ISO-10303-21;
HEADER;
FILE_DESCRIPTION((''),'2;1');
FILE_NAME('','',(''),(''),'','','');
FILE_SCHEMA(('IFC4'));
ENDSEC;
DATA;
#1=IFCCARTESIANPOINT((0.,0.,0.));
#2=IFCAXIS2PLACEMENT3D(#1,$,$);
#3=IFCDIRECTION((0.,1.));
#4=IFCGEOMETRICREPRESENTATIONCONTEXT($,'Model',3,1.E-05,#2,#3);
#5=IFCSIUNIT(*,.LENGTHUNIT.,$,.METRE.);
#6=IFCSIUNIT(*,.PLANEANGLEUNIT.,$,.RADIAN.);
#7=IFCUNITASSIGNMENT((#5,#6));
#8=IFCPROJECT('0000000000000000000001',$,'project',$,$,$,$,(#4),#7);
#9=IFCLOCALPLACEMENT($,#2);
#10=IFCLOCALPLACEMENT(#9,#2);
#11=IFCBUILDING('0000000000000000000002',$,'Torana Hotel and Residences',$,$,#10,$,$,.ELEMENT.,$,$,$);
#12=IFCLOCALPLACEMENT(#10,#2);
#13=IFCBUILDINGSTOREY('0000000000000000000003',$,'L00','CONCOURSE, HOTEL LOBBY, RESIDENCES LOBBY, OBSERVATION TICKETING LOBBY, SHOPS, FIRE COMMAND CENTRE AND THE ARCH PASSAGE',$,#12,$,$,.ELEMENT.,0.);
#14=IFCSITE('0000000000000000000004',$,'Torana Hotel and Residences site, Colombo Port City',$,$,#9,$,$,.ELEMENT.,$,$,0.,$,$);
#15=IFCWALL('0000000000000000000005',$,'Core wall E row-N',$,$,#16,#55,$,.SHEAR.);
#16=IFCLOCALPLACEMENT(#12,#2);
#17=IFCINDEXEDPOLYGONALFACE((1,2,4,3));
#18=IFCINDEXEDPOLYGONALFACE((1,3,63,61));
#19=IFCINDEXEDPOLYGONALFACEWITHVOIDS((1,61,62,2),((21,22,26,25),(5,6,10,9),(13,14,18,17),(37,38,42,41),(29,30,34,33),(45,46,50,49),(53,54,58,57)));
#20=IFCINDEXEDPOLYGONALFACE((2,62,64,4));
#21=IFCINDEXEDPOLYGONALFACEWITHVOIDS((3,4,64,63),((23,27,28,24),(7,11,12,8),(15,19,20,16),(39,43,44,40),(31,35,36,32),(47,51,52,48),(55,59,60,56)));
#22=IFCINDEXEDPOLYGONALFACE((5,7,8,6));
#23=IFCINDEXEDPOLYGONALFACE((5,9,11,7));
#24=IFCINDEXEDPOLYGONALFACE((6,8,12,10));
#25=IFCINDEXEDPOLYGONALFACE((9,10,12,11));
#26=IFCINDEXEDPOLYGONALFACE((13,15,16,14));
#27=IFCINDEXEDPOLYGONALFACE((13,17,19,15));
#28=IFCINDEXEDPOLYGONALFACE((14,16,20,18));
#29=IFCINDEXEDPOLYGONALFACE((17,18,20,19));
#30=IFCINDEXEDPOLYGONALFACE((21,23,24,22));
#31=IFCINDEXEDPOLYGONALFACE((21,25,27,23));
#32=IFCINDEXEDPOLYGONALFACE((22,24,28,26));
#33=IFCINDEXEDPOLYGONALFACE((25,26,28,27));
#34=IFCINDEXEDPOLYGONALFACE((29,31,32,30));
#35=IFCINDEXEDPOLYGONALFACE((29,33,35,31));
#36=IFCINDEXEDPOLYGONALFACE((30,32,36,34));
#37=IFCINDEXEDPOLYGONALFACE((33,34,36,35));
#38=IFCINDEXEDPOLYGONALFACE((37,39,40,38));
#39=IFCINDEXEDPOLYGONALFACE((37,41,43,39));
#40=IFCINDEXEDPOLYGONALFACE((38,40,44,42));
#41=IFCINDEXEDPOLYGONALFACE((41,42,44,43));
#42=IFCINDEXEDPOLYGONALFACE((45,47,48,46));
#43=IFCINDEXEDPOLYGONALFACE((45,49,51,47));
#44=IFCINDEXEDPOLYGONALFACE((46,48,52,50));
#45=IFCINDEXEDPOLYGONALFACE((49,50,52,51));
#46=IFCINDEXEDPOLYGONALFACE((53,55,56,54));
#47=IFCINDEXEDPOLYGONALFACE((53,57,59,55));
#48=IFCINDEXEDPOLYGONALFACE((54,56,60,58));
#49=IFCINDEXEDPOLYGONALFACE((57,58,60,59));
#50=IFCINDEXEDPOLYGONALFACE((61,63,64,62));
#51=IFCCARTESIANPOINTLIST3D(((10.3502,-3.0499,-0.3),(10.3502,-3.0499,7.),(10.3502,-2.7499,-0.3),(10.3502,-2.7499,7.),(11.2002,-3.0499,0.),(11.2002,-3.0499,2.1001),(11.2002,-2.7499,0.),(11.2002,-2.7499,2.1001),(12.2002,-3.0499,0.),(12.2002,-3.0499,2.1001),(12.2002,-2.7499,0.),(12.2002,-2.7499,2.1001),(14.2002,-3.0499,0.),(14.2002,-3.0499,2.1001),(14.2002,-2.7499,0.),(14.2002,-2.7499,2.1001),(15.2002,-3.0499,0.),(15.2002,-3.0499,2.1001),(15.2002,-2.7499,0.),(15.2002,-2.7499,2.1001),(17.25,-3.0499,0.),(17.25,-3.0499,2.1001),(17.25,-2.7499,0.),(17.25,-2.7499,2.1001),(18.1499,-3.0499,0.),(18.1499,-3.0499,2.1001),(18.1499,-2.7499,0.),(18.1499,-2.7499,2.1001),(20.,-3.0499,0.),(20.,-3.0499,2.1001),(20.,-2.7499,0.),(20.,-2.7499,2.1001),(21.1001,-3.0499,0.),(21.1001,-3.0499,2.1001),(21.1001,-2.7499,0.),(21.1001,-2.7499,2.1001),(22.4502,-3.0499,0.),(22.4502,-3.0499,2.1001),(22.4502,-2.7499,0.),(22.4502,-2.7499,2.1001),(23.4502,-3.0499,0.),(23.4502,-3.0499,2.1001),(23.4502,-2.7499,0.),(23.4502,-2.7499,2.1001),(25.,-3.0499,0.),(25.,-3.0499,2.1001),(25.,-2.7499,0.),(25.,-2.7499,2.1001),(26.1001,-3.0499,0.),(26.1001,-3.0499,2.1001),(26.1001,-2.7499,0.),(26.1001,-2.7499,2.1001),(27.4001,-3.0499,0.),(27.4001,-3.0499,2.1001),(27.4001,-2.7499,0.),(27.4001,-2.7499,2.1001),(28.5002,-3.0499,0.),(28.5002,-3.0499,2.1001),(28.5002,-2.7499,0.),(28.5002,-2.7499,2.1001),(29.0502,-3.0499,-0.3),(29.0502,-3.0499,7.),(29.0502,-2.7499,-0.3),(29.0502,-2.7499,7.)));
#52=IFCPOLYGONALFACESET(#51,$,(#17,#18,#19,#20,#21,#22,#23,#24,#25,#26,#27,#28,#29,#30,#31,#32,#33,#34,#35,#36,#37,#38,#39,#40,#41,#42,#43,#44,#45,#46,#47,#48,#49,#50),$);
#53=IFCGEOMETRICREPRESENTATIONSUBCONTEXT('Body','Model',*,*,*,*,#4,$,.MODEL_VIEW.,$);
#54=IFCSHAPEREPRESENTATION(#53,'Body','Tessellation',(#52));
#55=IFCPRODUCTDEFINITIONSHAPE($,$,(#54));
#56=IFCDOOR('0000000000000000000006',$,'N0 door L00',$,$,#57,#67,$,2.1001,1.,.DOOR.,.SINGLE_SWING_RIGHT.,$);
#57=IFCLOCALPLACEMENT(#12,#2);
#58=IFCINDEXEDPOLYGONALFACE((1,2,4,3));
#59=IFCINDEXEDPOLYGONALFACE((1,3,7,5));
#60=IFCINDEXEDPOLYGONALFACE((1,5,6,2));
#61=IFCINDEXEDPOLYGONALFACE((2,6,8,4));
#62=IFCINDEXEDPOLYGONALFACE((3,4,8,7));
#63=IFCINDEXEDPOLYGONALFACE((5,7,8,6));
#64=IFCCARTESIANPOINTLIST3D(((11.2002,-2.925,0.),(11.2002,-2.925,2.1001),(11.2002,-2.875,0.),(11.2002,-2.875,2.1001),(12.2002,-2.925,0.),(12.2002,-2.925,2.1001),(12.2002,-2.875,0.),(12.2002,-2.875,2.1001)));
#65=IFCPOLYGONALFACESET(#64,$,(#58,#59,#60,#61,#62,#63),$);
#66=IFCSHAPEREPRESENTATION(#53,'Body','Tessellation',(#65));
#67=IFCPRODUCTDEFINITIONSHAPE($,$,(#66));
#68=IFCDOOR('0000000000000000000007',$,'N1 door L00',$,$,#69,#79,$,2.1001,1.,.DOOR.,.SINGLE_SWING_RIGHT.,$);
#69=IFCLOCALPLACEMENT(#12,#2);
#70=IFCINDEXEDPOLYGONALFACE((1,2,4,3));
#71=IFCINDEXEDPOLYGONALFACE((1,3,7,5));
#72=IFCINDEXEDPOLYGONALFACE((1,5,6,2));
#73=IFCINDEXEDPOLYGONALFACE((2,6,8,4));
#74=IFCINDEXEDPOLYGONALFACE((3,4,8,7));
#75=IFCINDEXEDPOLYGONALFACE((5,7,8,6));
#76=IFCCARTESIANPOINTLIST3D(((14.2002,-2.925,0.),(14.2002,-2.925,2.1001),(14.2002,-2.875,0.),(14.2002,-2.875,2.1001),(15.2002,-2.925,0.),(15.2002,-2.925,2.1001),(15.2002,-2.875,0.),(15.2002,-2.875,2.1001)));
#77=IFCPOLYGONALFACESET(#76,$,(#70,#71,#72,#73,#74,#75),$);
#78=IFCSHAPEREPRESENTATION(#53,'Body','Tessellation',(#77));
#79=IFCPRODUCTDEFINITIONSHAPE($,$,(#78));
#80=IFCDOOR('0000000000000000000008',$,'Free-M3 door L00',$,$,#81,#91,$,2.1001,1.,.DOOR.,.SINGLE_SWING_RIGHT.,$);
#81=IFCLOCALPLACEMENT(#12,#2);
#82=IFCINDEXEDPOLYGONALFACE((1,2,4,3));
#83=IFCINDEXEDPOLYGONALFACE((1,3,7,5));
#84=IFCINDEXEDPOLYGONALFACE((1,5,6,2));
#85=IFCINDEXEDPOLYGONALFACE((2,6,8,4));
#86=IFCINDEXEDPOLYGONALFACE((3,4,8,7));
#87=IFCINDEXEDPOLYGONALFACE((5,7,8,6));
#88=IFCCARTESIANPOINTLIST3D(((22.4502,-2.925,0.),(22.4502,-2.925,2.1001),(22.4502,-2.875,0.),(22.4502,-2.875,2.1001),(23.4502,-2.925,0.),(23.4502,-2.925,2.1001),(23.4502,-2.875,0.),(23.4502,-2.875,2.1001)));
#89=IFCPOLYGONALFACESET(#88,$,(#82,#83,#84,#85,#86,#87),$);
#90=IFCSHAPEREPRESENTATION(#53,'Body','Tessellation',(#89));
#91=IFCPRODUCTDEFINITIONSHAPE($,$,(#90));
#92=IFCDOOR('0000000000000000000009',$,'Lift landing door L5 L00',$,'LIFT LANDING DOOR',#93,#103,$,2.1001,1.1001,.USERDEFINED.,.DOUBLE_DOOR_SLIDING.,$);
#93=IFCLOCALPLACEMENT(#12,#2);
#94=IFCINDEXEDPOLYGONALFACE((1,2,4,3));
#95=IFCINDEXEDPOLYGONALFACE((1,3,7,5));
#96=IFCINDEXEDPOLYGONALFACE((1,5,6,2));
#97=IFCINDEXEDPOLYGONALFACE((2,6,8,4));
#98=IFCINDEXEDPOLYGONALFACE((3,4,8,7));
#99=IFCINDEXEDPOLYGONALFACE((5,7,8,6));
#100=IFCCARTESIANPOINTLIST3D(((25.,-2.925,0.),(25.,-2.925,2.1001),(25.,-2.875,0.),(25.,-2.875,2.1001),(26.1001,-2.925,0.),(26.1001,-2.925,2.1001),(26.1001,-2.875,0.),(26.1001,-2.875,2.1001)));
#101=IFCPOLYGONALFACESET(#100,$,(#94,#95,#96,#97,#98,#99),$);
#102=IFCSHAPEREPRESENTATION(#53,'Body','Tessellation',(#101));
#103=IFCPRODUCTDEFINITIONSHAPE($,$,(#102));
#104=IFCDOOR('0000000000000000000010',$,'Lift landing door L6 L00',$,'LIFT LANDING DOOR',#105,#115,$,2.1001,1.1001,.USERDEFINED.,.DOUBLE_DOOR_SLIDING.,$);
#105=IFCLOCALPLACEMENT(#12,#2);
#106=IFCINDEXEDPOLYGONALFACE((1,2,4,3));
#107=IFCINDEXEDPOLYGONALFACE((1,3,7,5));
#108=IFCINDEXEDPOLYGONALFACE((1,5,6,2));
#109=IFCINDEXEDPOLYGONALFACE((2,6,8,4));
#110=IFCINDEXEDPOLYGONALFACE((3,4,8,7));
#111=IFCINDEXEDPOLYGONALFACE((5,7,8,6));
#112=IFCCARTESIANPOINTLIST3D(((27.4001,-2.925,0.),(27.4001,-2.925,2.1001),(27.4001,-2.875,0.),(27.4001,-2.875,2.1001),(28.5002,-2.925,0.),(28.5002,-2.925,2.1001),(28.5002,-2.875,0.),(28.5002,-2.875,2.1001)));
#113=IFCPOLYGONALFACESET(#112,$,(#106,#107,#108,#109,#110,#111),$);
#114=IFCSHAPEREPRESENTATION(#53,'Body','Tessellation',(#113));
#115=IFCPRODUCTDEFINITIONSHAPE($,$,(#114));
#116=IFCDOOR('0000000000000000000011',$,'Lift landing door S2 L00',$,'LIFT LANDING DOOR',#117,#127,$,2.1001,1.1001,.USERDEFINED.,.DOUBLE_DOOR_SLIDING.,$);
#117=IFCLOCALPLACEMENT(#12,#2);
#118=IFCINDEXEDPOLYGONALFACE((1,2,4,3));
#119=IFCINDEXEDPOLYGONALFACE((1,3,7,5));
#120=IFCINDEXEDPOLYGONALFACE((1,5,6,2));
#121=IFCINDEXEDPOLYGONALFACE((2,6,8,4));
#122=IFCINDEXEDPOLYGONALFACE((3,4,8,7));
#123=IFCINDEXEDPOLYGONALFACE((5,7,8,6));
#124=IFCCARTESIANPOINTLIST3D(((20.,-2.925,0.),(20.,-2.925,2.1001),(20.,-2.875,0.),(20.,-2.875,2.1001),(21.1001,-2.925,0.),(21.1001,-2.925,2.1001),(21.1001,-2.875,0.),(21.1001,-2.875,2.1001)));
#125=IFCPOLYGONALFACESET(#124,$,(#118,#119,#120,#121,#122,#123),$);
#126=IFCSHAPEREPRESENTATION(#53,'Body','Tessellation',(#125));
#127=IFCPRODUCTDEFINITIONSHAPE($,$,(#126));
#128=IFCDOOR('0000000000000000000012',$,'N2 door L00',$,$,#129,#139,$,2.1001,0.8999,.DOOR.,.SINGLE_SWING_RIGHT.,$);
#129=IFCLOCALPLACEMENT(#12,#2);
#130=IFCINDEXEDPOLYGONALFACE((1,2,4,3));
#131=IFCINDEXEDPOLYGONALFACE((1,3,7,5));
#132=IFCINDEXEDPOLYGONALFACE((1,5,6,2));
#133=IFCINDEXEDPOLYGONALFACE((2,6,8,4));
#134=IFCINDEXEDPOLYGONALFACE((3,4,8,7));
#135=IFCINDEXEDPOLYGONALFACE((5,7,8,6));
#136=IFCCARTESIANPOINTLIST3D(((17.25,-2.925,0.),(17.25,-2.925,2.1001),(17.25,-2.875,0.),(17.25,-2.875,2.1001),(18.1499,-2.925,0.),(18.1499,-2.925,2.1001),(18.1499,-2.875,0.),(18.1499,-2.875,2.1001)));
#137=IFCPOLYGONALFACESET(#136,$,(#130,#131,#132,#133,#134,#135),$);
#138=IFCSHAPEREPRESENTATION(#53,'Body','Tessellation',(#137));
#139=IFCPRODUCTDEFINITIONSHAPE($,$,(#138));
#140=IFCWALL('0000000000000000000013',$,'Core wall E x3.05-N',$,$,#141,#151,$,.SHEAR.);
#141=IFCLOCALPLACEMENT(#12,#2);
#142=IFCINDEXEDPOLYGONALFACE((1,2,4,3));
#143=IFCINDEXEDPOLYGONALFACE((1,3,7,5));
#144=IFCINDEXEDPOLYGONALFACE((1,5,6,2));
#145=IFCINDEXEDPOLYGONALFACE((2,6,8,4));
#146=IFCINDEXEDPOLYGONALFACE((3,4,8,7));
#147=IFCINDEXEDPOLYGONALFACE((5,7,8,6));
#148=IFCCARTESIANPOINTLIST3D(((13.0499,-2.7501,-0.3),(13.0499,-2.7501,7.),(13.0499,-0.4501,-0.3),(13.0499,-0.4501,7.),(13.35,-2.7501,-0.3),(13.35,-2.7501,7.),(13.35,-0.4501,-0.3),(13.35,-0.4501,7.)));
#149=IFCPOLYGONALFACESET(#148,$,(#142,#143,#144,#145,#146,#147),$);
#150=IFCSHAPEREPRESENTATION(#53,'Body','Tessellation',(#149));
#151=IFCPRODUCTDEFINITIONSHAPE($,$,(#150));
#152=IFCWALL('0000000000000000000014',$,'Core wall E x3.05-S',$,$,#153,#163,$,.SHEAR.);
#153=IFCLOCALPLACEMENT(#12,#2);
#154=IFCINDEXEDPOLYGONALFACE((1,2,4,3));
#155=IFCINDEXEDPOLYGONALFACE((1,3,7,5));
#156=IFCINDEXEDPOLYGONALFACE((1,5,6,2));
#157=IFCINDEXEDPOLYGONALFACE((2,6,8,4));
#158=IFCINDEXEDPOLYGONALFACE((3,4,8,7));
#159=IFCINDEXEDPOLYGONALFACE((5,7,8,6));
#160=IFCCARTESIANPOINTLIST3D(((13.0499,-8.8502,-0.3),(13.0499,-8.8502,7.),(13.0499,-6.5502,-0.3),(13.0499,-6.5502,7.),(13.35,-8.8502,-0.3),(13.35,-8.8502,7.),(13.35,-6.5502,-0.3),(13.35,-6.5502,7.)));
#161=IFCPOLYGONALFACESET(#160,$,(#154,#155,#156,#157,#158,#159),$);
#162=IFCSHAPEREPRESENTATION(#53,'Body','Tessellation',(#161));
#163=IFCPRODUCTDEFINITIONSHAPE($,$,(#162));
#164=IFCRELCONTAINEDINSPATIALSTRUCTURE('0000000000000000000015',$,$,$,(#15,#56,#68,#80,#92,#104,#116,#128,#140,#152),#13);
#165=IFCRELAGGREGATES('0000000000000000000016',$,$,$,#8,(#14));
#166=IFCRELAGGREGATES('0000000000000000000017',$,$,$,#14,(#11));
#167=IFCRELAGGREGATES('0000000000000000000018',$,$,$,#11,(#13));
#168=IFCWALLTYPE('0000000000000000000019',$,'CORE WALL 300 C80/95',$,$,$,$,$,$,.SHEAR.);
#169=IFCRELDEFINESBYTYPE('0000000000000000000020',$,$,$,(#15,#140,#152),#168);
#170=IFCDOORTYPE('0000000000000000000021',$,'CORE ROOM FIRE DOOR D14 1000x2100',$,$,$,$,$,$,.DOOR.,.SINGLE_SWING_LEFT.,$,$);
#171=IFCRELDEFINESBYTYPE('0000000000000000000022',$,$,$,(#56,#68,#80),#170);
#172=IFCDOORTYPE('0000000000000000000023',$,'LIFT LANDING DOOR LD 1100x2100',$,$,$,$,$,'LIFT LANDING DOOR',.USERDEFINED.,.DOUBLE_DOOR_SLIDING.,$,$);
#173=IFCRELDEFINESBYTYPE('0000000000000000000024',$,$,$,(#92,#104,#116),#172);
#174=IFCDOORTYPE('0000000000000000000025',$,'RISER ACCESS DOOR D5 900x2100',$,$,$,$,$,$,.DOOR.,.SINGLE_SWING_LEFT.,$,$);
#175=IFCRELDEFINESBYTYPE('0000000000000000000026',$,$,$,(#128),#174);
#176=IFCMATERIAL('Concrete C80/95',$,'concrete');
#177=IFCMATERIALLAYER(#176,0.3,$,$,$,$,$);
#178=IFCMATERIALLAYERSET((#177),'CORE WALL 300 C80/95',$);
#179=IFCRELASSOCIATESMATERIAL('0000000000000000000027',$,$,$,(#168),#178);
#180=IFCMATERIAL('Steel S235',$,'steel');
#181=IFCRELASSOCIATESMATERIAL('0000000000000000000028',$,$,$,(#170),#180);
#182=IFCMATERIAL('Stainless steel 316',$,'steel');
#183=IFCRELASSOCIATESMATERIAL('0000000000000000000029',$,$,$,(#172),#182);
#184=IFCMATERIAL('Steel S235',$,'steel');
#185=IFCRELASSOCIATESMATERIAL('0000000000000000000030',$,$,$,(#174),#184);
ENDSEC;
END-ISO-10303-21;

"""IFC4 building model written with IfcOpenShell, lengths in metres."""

from ifc_helpers import new_model, si_unit, direction, frame, frame_2d, origin, place, context, subcontext, project, spatial, rectangle, extrude, material, layer, layer_set, type_object, element, fill, save


model = new_model("IFC4")

# Units and contexts
model_context = context("Model", 3, precision=1e-05, world=origin(), true_north=direction((0.0, 1.0)))
body_context = subcontext(model_context, "Body", "Model", "MODEL_VIEW")
ifc_project = project(units=[si_unit("LENGTHUNIT", "METRE"), si_unit("PLANEANGLEUNIT", "RADIAN")], contexts=[model_context])

# Site, building, storey
site_placement = place(None, origin())
site = spatial("IfcSite", under=ifc_project, at=site_placement, Name="Torana Hotel and Residences site, Colombo Port City", CompositionType="ELEMENT", RefElevation=0.0)
building_placement = place(site_placement, origin())
building = spatial("IfcBuilding", under=site, at=building_placement, Name="Torana Hotel and Residences", CompositionType="ELEMENT")
storey_placement = place(building_placement, origin())
storey = spatial("IfcBuildingStorey", under=building, at=storey_placement, Name="L00", Description="CONCOURSE, HOTEL LOBBY, RESIDENCES LOBBY, OBSERVATION TICKETING LOBBY, SHOPS, FIRE COMMAND CENTRE AND THE ARCH PASSAGE", CompositionType="ELEMENT", Elevation=0.0)

# Wall, openings, doors
ifc_material_1 = material(Name="Concrete C80/95", Category="concrete")
ifc_layer = layer(ifc_material_1, 0.3)
ifc_layer_set = layer_set([ifc_layer], Name="CORE WALL 300 C80/95")
wall_type = type_object("IfcWallType", Name="CORE WALL 300 C80/95", PredefinedType="SHEAR", material=ifc_layer_set)
wall_placement = place(storey_placement, frame((10.3501, -2.8999, -0.3), z_axis=(0.0, 0.0, 1.0), x_axis=(1.0, 0.0, 0.0)))
wall = element("IfcWall", 1, at=wall_placement, inside=storey, type_object=wall_type, Name="Core wall E row-N", PredefinedType="SHEAR", context=body_context, shape_type="SweptSolid", body=[
    extrude(rectangle(XDim=18.7, YDim=0.3, at=frame_2d((9.3501, 0.0))), origin(), (0.0, 0.0, 1.0), 7.3),
])
opening_1_placement = place(wall_placement, frame((14.6499, 0.0, 0.3)))
opening_1 = element("IfcOpeningElement", 2, at=opening_1_placement, cuts=wall, PredefinedType="OPENING", context=body_context, shape_type="SweptSolid", body=[
    extrude(rectangle(XDim=1.1001, YDim=2.1001, at=frame_2d((0.55, 1.05))), frame((0.0, 0.1599, 0.0), z_axis=(0.0, -1.0, 0.0), x_axis=(1.0, 0.0, 0.0)), (0.0, 0.0, 1.0), 0.3201),
])
opening_2_placement = place(wall_placement, frame((17.05, 0.0, 0.3)))
opening_2 = element("IfcOpeningElement", 3, at=opening_2_placement, cuts=wall, PredefinedType="OPENING", context=body_context, shape_type="SweptSolid", body=[
    extrude(rectangle(XDim=1.1001, YDim=2.1001, at=frame_2d((0.55, 1.05))), frame((0.0, 0.1599, 0.0), z_axis=(0.0, -1.0, 0.0), x_axis=(1.0, 0.0, 0.0)), (0.0, 0.0, 1.0), 0.3201),
])
opening_3_placement = place(wall_placement, frame((9.6499, 0.0, 0.3)))
opening_3 = element("IfcOpeningElement", 4, at=opening_3_placement, cuts=wall, PredefinedType="OPENING", context=body_context, shape_type="SweptSolid", body=[
    extrude(rectangle(XDim=1.1001, YDim=2.1001, at=frame_2d((0.55, 1.05))), frame((0.0, 0.1599, 0.0), z_axis=(0.0, -1.0, 0.0), x_axis=(1.0, 0.0, 0.0)), (0.0, 0.0, 1.0), 0.3201),
])
opening_4_placement = place(wall_placement, frame((6.8999, 0.0, 0.3)))
opening_4 = element("IfcOpeningElement", 5, at=opening_4_placement, cuts=wall, PredefinedType="OPENING", context=body_context, shape_type="SweptSolid", body=[
    extrude(rectangle(XDim=0.8999, YDim=2.1001, at=frame_2d((0.45, 1.05))), frame((0.0, 0.1599, 0.0), z_axis=(0.0, -1.0, 0.0), x_axis=(1.0, 0.0, 0.0)), (0.0, 0.0, 1.0), 0.3201),
])
opening_5_placement = place(wall_placement, frame((0.8501, 0.0, 0.3)))
opening_5 = element("IfcOpeningElement", 6, at=opening_5_placement, cuts=wall, PredefinedType="OPENING", context=body_context, shape_type="SweptSolid", body=[
    extrude(rectangle(XDim=1.0, YDim=2.1001, at=frame_2d((0.5, 1.05))), frame((0.0, 0.1599, 0.0), z_axis=(0.0, -1.0, 0.0), x_axis=(1.0, 0.0, 0.0)), (0.0, 0.0, 1.0), 0.3201),
])
opening_6_placement = place(wall_placement, frame((3.8501, 0.0, 0.3)))
opening_6 = element("IfcOpeningElement", 7, at=opening_6_placement, cuts=wall, PredefinedType="OPENING", context=body_context, shape_type="SweptSolid", body=[
    extrude(rectangle(XDim=1.0, YDim=2.1001, at=frame_2d((0.5, 1.05))), frame((0.0, 0.1599, 0.0), z_axis=(0.0, -1.0, 0.0), x_axis=(1.0, 0.0, 0.0)), (0.0, 0.0, 1.0), 0.3201),
])
opening_7_placement = place(wall_placement, frame((12.1001, 0.0, 0.3)))
opening_7 = element("IfcOpeningElement", 8, at=opening_7_placement, cuts=wall, PredefinedType="OPENING", context=body_context, shape_type="SweptSolid", body=[
    extrude(rectangle(XDim=1.0, YDim=2.1001, at=frame_2d((0.5, 1.05))), frame((0.0, 0.1599, 0.0), z_axis=(0.0, -1.0, 0.0), x_axis=(1.0, 0.0, 0.0)), (0.0, 0.0, 1.0), 0.3201),
])
ifc_material_2 = material(Name="Steel S235", Category="steel")
door_type_1 = type_object("IfcDoorType", Name="CORE ROOM FIRE DOOR D14 1000x2100", OperationType="SINGLE_SWING_LEFT", PredefinedType="DOOR", material=ifc_material_2)
door_1_placement = place(opening_5_placement, origin())
door_1 = element("IfcDoor", 9, at=door_1_placement, inside=storey, type_object=door_type_1, Name="N0 door L00", OperationType="SINGLE_SWING_RIGHT", OverallHeight=2.1001, OverallWidth=1.0, PredefinedType="DOOR", context=body_context, shape_type="SweptSolid", body=[
    extrude(rectangle(XDim=1.0, YDim=2.1001, at=frame_2d((0.5, 1.05))), frame((0.0, 0.0249, 0.0), z_axis=(0.0, -1.0, 0.0), x_axis=(1.0, 0.0, 0.0)), (0.0, 0.0, 1.0), 0.05),
])
fill(opening_5, door_1)
door_2_placement = place(opening_6_placement, origin())
door_2 = element("IfcDoor", 10, at=door_2_placement, inside=storey, type_object=door_type_1, Name="N1 door L00", OperationType="SINGLE_SWING_RIGHT", OverallHeight=2.1001, OverallWidth=1.0, PredefinedType="DOOR", context=body_context, shape_type="SweptSolid", body=[
    extrude(rectangle(XDim=1.0, YDim=2.1001, at=frame_2d((0.5, 1.05))), frame((0.0, 0.0249, 0.0), z_axis=(0.0, -1.0, 0.0), x_axis=(1.0, 0.0, 0.0)), (0.0, 0.0, 1.0), 0.05),
])
fill(opening_6, door_2)
door_3_placement = place(opening_7_placement, origin())
door_3 = element("IfcDoor", 11, at=door_3_placement, inside=storey, type_object=door_type_1, Name="Free-M3 door L00", OperationType="SINGLE_SWING_RIGHT", OverallHeight=2.1001, OverallWidth=1.0, PredefinedType="DOOR", context=body_context, shape_type="SweptSolid", body=[
    extrude(rectangle(XDim=1.0, YDim=2.1001, at=frame_2d((0.5, 1.05))), frame((0.0, 0.0249, 0.0), z_axis=(0.0, -1.0, 0.0), x_axis=(1.0, 0.0, 0.0)), (0.0, 0.0, 1.0), 0.05),
])
fill(opening_7, door_3)
ifc_material_3 = material(Name="Stainless steel 316", Category="steel")
door_type_2 = type_object("IfcDoorType", Name="LIFT LANDING DOOR LD 1100x2100", ElementType="LIFT LANDING DOOR", OperationType="DOUBLE_DOOR_SLIDING", PredefinedType="USERDEFINED", material=ifc_material_3)
door_4_placement = place(opening_1_placement, origin())
door_4 = element("IfcDoor", 12, at=door_4_placement, inside=storey, type_object=door_type_2, Name="Lift landing door L5 L00", ObjectType="LIFT LANDING DOOR", OperationType="DOUBLE_DOOR_SLIDING", OverallHeight=2.1001, OverallWidth=1.1001, PredefinedType="USERDEFINED", context=body_context, shape_type="SweptSolid", body=[
    extrude(rectangle(XDim=1.1001, YDim=2.1001, at=frame_2d((0.55, 1.05))), frame((0.0, 0.0249, 0.0), z_axis=(0.0, -1.0, 0.0), x_axis=(1.0, 0.0, 0.0)), (0.0, 0.0, 1.0), 0.05),
])
fill(opening_1, door_4)
door_5_placement = place(opening_2_placement, origin())
door_5 = element("IfcDoor", 13, at=door_5_placement, inside=storey, type_object=door_type_2, Name="Lift landing door L6 L00", ObjectType="LIFT LANDING DOOR", OperationType="DOUBLE_DOOR_SLIDING", OverallHeight=2.1001, OverallWidth=1.1001, PredefinedType="USERDEFINED", context=body_context, shape_type="SweptSolid", body=[
    extrude(rectangle(XDim=1.1001, YDim=2.1001, at=frame_2d((0.55, 1.05))), frame((0.0, 0.0249, 0.0), z_axis=(0.0, -1.0, 0.0), x_axis=(1.0, 0.0, 0.0)), (0.0, 0.0, 1.0), 0.05),
])
fill(opening_2, door_5)
door_6_placement = place(opening_3_placement, origin())
door_6 = element("IfcDoor", 14, at=door_6_placement, inside=storey, type_object=door_type_2, Name="Lift landing door S2 L00", ObjectType="LIFT LANDING DOOR", OperationType="DOUBLE_DOOR_SLIDING", OverallHeight=2.1001, OverallWidth=1.1001, PredefinedType="USERDEFINED", context=body_context, shape_type="SweptSolid", body=[
    extrude(rectangle(XDim=1.1001, YDim=2.1001, at=frame_2d((0.55, 1.05))), frame((0.0, 0.0249, 0.0), z_axis=(0.0, -1.0, 0.0), x_axis=(1.0, 0.0, 0.0)), (0.0, 0.0, 1.0), 0.05),
])
fill(opening_3, door_6)
ifc_material_4 = material(Name="Steel S235", Category="steel")
door_type_3 = type_object("IfcDoorType", Name="RISER ACCESS DOOR D5 900x2100", OperationType="SINGLE_SWING_LEFT", PredefinedType="DOOR", material=ifc_material_4)
door_7_placement = place(opening_4_placement, origin())
door_7 = element("IfcDoor", 15, at=door_7_placement, inside=storey, type_object=door_type_3, Name="N2 door L00", OperationType="SINGLE_SWING_RIGHT", OverallHeight=2.1001, OverallWidth=0.8999, PredefinedType="DOOR", context=body_context, shape_type="SweptSolid", body=[
    extrude(rectangle(XDim=0.8999, YDim=2.1001, at=frame_2d((0.45, 1.05))), frame((0.0, 0.0249, 0.0), z_axis=(0.0, -1.0, 0.0), x_axis=(1.0, 0.0, 0.0)), (0.0, 0.0, 1.0), 0.05),
])
fill(opening_4, door_7)

# Walls
for number, where, z_axis, x_axis, name in (
    (16, (13.2, -2.75, -0.3), (0.0, 0.0, 1.0), (0.0, 1.0, 0.0), "Core wall E x3.05-N"),
    (17, (13.2, -8.8501, -0.3), (0.0, 0.0, 1.0), (0.0, 1.0, 0.0), "Core wall E x3.05-S"),
):
    element("IfcWall", number, at=place(storey_placement, frame(where, z_axis=z_axis, x_axis=x_axis)), inside=storey, type_object=wall_type, Name=name, PredefinedType="SHEAR", context=body_context, shape_type="SweptSolid", body=[
        extrude(rectangle(XDim=2.3, YDim=0.3, at=frame_2d((1.1499, 0.0))), origin(), (0.0, 0.0, 1.0), 7.3),
    ])

save(model, "model.ifc")
